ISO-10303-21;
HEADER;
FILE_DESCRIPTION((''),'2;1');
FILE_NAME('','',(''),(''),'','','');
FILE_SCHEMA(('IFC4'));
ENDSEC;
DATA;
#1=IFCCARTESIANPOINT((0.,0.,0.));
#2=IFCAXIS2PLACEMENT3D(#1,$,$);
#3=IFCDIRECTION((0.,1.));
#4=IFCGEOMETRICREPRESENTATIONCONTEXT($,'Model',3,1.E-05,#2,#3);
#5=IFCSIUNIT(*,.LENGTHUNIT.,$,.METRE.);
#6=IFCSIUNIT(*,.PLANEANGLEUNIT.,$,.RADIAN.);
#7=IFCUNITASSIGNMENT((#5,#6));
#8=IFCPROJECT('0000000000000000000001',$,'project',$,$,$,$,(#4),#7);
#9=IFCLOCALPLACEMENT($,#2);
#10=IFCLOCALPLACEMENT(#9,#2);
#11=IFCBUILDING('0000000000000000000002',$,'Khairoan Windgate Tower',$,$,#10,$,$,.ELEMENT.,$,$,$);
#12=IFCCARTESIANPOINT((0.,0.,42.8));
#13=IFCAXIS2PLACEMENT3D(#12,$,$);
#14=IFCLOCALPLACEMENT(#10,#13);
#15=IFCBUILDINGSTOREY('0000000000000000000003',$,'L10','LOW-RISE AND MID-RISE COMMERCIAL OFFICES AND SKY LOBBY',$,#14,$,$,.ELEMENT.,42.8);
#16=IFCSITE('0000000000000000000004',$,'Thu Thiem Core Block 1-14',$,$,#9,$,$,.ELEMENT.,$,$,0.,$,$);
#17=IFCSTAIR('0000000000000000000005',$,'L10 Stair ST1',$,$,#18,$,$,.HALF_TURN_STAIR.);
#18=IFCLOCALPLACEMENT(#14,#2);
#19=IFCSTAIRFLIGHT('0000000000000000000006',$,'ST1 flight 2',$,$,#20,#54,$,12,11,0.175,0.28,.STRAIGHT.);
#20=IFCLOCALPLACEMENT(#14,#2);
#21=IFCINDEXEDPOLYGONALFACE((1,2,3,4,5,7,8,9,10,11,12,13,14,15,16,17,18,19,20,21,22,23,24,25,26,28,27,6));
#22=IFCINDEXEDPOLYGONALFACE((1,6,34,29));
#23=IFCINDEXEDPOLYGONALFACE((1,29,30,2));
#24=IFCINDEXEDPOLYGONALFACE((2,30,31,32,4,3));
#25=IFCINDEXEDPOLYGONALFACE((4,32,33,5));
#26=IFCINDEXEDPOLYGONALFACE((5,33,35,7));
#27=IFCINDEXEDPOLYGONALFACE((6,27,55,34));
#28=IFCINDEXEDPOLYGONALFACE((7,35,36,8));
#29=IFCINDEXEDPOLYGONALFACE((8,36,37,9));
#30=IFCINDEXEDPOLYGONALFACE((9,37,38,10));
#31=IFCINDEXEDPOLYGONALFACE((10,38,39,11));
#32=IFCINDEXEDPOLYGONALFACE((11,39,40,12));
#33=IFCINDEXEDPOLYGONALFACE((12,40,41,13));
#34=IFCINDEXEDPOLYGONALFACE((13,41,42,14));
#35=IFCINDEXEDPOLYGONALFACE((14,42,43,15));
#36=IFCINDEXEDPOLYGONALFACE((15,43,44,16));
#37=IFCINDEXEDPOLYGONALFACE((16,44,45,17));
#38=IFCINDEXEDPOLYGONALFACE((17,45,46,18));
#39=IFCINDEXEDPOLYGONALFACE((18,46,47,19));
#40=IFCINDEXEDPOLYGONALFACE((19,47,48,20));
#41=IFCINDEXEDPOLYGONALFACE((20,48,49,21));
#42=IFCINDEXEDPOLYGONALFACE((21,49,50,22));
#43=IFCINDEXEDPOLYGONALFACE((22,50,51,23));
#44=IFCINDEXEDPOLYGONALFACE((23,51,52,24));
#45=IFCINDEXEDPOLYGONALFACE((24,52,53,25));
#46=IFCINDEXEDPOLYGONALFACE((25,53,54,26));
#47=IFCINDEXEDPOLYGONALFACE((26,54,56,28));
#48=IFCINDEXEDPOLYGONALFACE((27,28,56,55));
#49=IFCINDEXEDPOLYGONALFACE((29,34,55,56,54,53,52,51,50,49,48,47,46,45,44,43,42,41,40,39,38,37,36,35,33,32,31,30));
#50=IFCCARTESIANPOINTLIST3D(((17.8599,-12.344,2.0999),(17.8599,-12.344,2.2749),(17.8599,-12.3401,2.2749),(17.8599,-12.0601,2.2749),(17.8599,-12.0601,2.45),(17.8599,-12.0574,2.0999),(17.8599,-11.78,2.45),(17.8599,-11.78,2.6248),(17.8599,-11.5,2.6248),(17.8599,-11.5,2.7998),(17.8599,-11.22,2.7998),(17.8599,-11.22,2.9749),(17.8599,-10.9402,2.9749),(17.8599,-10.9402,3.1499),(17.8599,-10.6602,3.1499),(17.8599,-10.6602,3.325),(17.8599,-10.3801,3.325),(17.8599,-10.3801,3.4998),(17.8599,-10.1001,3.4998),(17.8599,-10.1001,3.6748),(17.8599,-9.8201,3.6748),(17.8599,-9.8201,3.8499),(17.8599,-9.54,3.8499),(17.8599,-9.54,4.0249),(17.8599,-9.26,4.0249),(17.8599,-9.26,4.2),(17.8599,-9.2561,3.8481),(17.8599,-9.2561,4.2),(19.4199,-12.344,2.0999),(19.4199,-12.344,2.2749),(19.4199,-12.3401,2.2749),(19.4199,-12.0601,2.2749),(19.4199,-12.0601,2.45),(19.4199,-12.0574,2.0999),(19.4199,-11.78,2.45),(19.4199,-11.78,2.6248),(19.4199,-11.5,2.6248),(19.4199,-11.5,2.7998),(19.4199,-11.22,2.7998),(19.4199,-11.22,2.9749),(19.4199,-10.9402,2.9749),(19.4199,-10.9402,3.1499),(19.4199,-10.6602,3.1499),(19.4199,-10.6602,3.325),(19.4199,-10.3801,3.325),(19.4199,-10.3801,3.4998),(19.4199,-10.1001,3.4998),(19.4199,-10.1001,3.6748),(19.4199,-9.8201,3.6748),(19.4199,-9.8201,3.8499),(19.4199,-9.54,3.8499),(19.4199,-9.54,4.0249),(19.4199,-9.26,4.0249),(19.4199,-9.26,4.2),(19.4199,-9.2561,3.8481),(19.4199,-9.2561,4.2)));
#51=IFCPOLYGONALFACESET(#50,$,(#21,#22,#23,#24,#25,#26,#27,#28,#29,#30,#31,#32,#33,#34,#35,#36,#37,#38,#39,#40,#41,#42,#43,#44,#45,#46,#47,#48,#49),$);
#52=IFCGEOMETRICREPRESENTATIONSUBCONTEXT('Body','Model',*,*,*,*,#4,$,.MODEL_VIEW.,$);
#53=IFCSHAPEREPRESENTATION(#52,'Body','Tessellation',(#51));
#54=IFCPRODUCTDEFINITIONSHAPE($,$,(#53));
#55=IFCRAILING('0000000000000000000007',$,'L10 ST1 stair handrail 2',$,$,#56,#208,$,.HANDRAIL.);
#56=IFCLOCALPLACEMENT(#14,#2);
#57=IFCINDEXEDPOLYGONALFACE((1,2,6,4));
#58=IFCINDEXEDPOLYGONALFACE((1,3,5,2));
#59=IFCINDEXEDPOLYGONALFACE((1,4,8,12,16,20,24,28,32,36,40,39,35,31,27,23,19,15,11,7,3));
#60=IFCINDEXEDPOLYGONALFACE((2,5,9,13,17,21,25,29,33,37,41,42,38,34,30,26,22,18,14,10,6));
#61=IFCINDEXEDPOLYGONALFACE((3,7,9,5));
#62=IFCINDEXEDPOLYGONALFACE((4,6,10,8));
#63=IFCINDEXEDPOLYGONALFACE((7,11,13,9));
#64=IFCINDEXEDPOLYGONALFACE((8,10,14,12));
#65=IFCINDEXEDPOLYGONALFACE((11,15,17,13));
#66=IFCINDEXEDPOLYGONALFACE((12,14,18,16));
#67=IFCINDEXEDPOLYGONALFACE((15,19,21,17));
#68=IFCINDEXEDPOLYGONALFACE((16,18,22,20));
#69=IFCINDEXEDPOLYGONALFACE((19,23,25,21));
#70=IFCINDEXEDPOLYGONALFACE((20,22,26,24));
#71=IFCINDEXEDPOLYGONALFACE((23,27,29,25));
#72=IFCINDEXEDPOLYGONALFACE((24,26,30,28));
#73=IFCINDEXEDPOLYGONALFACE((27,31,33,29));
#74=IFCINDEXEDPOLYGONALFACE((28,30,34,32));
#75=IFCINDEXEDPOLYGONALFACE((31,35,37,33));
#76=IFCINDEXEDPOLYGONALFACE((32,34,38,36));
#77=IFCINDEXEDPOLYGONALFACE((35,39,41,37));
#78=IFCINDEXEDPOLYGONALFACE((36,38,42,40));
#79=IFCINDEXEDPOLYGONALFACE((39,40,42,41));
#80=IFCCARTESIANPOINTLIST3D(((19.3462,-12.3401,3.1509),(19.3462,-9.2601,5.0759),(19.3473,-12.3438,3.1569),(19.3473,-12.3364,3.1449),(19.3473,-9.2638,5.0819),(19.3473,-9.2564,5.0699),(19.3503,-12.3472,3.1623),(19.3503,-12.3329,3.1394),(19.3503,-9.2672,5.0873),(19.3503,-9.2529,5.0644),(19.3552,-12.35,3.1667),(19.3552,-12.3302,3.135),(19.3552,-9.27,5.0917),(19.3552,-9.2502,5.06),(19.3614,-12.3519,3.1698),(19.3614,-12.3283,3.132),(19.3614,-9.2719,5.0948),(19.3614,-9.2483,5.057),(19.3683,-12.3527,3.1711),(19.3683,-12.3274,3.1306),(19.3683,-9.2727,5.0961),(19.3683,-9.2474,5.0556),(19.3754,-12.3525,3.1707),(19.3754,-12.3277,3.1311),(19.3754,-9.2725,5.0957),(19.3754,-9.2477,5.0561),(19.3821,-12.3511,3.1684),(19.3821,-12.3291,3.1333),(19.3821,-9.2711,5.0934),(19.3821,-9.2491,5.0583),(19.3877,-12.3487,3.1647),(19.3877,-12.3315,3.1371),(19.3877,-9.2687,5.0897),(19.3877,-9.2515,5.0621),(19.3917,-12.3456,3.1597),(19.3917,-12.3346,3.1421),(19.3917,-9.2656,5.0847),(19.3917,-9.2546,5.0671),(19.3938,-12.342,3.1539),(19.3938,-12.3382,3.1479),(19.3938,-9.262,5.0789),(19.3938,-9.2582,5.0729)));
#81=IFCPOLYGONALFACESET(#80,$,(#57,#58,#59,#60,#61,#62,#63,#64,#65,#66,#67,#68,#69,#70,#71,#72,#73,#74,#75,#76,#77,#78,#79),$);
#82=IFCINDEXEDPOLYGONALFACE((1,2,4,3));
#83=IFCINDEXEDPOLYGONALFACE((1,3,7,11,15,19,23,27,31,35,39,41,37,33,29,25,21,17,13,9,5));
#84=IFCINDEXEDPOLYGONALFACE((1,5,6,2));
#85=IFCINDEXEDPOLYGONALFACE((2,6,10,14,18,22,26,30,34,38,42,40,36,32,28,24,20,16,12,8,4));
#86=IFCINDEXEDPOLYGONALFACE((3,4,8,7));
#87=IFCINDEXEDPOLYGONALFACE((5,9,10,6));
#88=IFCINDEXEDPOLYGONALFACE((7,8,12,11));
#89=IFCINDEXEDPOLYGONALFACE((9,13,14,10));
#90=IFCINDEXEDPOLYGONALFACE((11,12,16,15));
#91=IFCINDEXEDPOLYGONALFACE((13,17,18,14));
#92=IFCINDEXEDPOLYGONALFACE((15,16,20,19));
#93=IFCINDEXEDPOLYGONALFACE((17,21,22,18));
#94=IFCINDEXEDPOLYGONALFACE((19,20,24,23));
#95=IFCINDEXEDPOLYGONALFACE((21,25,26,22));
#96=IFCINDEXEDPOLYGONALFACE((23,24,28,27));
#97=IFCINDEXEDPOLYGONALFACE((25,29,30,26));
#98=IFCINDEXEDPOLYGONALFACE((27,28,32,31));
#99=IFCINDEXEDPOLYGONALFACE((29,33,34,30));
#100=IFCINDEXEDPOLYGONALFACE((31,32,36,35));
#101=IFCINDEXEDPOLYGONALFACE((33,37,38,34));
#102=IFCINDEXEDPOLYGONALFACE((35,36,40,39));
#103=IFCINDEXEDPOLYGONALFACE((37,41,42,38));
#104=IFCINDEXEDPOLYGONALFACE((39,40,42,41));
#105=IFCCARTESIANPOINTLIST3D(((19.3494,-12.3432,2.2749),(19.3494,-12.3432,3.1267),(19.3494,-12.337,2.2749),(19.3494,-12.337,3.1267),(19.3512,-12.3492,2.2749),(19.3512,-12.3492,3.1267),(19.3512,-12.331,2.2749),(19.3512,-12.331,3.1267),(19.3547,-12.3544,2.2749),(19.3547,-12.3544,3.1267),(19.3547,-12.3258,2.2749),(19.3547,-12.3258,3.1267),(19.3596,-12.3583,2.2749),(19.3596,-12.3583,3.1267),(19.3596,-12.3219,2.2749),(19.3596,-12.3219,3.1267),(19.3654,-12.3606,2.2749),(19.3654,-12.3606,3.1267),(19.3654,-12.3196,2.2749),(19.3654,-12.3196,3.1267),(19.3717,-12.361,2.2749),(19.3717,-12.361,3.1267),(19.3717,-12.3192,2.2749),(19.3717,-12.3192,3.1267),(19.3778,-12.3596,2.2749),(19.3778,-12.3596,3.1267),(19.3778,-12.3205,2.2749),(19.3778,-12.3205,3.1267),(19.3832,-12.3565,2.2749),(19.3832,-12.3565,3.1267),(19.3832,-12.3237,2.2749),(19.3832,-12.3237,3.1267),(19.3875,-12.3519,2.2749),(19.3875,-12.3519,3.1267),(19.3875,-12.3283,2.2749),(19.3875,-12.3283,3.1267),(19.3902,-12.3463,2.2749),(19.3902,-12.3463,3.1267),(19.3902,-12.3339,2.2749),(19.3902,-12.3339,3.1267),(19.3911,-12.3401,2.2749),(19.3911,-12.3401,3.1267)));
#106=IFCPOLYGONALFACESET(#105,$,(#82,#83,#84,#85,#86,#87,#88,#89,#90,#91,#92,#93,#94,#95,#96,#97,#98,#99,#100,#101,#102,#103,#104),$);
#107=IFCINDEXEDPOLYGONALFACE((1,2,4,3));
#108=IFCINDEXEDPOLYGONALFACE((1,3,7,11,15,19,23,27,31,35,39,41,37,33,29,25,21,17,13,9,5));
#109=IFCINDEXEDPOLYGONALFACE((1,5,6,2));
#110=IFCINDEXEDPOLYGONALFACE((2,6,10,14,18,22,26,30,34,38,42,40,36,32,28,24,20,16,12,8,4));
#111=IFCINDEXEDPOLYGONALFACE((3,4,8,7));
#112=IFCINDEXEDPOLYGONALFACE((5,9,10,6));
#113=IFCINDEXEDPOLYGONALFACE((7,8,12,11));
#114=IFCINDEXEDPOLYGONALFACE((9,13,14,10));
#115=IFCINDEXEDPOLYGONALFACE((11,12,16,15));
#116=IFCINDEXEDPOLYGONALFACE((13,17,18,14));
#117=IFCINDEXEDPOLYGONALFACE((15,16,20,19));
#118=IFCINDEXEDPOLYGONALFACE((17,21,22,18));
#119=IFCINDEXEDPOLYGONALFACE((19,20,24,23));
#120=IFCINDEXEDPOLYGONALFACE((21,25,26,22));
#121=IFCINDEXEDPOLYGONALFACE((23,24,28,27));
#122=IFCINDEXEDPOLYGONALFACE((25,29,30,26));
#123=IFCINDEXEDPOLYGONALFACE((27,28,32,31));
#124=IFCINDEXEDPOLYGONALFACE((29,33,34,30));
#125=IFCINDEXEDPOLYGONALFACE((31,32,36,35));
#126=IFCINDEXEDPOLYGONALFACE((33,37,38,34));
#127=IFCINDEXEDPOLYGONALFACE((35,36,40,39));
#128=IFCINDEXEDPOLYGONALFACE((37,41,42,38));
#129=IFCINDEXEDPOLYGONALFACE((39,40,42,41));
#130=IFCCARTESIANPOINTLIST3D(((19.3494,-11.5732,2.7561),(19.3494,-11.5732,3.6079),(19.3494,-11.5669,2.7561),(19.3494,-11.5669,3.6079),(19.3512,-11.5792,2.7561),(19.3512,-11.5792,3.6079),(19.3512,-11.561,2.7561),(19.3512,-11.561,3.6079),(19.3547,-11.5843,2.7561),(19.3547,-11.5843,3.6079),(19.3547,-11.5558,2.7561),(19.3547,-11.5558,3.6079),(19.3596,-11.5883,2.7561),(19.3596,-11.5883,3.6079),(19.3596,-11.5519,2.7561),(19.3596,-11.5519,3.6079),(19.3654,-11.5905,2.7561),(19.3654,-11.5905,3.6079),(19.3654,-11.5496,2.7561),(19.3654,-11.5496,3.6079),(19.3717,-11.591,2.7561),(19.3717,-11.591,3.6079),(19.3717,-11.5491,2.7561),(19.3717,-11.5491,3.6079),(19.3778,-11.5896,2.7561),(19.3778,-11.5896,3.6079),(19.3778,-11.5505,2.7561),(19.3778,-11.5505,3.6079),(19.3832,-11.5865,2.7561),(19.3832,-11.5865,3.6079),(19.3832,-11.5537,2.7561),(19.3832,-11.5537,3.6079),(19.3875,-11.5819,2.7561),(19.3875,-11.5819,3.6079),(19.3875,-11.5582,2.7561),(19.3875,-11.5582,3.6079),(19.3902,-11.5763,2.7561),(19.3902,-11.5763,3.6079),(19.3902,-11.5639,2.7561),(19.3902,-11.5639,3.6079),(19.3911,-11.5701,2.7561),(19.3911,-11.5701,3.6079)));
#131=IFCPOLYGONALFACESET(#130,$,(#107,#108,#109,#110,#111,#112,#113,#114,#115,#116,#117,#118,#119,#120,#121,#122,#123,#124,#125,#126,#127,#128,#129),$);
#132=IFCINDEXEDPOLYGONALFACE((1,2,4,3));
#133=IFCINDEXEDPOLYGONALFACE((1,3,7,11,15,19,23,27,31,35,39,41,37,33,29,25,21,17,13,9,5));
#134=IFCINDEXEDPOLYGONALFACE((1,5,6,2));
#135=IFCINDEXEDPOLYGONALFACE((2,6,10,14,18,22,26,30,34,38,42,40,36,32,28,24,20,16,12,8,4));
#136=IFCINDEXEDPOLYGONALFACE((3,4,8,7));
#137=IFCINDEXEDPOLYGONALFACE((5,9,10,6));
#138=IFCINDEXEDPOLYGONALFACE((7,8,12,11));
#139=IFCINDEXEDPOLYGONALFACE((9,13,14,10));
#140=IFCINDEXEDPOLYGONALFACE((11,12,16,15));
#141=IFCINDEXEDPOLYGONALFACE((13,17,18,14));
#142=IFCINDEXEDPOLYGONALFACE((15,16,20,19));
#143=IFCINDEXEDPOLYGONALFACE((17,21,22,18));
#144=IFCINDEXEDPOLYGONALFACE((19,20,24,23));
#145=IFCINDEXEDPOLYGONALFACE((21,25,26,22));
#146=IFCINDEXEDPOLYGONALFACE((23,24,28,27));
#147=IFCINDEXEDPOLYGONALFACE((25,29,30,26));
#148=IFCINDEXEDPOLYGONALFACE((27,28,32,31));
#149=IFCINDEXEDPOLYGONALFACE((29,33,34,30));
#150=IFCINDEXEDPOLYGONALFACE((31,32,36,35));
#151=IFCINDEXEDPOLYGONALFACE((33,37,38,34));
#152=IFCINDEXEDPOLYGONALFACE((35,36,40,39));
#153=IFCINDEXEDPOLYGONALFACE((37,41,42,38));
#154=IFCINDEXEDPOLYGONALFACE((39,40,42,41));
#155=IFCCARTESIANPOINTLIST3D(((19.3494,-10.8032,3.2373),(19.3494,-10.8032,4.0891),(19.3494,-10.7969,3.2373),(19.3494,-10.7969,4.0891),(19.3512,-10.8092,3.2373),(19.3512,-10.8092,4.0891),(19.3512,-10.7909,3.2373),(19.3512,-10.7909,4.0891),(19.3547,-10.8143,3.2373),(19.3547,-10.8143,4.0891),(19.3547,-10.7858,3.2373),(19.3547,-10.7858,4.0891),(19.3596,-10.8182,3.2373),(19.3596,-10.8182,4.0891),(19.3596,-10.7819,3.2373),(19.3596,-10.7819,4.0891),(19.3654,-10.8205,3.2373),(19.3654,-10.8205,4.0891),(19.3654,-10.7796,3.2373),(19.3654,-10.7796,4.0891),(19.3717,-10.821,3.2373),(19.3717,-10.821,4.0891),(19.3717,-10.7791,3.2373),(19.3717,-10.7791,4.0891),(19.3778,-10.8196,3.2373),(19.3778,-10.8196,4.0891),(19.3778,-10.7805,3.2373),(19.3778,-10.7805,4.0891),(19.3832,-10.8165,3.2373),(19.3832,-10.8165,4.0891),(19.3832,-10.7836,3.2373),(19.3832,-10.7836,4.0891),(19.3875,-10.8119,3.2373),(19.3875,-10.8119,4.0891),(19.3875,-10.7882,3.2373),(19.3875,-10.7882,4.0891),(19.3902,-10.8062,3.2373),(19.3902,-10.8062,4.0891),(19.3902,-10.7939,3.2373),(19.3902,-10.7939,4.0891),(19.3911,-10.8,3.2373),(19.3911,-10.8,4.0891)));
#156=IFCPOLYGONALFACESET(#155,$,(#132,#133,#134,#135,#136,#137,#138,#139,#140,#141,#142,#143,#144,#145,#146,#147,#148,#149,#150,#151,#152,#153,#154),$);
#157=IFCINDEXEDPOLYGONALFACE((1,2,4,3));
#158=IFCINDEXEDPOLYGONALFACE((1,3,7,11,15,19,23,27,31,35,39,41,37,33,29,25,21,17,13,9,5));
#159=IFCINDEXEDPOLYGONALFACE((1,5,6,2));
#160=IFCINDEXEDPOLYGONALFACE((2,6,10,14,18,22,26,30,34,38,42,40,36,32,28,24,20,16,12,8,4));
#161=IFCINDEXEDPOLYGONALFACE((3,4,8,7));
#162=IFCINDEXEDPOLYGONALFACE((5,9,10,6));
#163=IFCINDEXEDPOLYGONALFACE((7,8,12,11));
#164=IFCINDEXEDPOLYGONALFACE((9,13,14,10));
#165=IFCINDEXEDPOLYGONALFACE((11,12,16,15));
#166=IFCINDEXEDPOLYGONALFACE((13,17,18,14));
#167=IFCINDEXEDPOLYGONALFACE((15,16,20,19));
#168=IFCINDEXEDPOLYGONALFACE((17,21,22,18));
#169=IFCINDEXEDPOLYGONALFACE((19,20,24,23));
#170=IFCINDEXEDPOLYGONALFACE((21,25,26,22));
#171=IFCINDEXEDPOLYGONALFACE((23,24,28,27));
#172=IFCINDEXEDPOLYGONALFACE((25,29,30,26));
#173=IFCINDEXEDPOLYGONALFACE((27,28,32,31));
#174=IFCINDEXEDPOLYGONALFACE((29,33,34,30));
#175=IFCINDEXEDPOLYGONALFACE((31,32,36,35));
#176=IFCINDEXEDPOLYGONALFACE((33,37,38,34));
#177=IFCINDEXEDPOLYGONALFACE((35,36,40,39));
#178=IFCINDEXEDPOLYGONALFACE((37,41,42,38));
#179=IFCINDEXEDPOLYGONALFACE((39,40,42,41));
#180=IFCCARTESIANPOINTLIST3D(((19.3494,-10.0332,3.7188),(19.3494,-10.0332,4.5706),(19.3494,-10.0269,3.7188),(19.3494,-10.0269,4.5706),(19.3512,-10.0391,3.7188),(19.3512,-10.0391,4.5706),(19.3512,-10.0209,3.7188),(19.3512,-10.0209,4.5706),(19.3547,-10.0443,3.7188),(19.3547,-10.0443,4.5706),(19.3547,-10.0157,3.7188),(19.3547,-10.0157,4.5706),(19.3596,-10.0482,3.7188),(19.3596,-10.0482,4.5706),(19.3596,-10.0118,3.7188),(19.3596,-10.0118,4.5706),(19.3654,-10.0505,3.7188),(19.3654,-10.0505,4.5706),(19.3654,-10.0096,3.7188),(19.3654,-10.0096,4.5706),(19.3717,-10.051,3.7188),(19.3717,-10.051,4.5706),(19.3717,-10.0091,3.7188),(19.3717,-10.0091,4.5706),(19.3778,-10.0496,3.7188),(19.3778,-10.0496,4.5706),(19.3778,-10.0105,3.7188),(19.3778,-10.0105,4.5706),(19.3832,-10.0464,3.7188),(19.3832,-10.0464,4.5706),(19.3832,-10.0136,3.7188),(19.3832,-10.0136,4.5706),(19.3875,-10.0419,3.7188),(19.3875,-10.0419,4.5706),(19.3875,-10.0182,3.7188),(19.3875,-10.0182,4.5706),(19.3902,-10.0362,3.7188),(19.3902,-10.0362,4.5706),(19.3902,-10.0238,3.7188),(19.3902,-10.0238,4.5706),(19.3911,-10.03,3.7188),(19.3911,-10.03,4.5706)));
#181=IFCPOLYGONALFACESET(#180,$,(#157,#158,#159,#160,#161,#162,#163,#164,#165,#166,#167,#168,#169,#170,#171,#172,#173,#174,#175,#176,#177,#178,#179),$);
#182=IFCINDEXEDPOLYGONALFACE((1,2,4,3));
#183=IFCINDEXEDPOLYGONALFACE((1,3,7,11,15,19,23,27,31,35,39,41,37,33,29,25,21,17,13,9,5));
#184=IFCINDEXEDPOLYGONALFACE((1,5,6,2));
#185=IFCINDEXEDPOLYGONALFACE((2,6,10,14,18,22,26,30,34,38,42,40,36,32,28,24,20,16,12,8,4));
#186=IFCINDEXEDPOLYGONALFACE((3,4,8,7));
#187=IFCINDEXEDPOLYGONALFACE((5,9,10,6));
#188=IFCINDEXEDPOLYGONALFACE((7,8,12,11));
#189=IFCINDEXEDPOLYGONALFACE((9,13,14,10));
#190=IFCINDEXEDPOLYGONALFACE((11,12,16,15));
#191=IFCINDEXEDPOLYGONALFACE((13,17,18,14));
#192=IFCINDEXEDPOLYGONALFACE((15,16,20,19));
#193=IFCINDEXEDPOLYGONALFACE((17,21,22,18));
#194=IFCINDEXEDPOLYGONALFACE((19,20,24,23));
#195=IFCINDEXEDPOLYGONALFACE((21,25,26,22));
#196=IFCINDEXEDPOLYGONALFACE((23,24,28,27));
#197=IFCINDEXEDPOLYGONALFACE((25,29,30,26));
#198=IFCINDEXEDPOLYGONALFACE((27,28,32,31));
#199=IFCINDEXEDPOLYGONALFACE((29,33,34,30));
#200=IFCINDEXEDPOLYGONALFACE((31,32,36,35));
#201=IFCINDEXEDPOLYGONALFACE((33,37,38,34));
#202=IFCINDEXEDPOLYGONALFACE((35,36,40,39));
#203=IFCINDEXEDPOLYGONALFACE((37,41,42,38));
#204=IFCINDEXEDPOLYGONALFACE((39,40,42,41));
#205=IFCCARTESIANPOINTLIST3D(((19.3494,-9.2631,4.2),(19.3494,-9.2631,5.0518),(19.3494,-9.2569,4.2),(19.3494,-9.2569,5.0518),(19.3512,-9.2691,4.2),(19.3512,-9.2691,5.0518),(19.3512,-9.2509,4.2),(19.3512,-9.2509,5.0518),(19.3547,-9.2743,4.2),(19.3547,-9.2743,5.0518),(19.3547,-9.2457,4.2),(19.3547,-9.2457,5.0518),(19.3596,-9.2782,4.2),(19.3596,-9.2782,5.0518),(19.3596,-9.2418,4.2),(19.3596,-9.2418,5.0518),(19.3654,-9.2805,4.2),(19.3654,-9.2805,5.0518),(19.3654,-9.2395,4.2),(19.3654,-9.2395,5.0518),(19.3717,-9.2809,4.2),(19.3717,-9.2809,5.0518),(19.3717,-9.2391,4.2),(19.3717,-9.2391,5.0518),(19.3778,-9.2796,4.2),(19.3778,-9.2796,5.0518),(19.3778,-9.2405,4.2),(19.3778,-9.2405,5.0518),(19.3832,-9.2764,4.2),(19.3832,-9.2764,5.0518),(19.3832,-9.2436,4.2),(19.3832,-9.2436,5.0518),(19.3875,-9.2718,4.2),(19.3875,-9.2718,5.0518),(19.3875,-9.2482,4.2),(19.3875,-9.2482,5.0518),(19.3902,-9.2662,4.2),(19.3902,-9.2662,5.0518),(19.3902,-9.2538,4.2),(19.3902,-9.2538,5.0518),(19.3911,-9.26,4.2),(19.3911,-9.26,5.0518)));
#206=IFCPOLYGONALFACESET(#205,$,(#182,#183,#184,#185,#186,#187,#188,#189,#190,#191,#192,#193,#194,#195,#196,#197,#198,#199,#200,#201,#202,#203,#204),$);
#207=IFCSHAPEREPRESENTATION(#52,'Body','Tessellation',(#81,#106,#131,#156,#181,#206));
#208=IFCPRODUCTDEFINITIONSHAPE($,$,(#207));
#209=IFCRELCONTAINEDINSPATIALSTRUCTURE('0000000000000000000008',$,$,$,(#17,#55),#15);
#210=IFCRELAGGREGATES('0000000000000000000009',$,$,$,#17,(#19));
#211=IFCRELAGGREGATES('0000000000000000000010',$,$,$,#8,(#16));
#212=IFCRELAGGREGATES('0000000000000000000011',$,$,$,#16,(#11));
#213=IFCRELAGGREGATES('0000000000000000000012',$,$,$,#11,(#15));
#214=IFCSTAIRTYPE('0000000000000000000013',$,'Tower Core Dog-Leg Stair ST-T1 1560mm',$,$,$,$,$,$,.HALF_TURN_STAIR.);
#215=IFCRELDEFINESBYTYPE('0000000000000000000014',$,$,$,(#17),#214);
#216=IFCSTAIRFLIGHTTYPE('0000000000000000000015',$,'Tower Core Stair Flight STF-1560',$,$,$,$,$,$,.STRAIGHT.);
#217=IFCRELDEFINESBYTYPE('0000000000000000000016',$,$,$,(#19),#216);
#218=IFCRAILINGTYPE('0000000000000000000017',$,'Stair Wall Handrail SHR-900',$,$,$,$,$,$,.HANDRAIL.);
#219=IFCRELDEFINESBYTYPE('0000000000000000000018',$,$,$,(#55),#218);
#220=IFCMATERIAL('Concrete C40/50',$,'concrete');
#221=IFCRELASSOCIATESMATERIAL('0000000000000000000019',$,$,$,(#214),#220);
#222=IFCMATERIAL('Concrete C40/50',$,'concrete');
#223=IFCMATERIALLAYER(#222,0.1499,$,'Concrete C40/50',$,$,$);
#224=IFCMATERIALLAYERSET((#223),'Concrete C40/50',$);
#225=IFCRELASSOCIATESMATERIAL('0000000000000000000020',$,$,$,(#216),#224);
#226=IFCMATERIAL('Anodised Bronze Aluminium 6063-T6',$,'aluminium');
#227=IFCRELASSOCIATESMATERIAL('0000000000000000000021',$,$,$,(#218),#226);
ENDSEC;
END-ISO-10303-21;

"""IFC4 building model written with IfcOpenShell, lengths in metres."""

from ifc_helpers import new_model, si_unit, direction, frame, origin, origin_2d, place, context, subcontext, project, spatial, polyline, circle, outline, extrude, material, layer, layer_set, type_object, element, aggregate, save


model = new_model("IFC4")

# Units and contexts
model_context = context("Model", 3, precision=1e-05, world=origin(), true_north=direction((0.0, 1.0)))
body_context = subcontext(model_context, "Body", "Model", "MODEL_VIEW")
ifc_project = project(units=[si_unit("LENGTHUNIT", "METRE"), si_unit("PLANEANGLEUNIT", "RADIAN")], contexts=[model_context])

# Site, building, storey
site_placement = place(None, origin())
site = spatial("IfcSite", under=ifc_project, at=site_placement, Name="Thu Thiem Core Block 1-14", CompositionType="ELEMENT", RefElevation=0.0)
building_placement = place(site_placement, origin())
building = spatial("IfcBuilding", under=site, at=building_placement, Name="Khairoan Windgate Tower", CompositionType="ELEMENT")
storey_placement = place(building_placement, frame((0.0, 0.0, 42.8)))
storey = spatial("IfcBuildingStorey", under=building, at=storey_placement, Name="L10", Description="LOW-RISE AND MID-RISE COMMERCIAL OFFICES AND SKY LOBBY", CompositionType="ELEMENT", Elevation=42.8)

# Stair, stair flight
ifc_material_1 = material(Name="Concrete C40/50", Category="concrete")
stair_type = type_object("IfcStairType", Name="Tower Core Dog-Leg Stair ST-T1 1560mm", PredefinedType="HALF_TURN_STAIR", material=ifc_material_1)
stair_placement = place(storey_placement, origin())
stair = element("IfcStair", 1, at=stair_placement, inside=storey, type_object=stair_type, Name="L10 Stair ST1", PredefinedType="HALF_TURN_STAIR")
ifc_material_2 = material(Name="Concrete C40/50", Category="concrete")
ifc_layer_1 = layer(ifc_material_2, 0.1499, Name="Concrete C40/50")
ifc_layer_set_1 = layer_set([ifc_layer_1], Name="Concrete C40/50")
stair_flight_type = type_object("IfcStairFlightType", Name="Tower Core Stair Flight STF-1560", PredefinedType="STRAIGHT", material=ifc_layer_set_1)
stair_flight_placement = place(storey_placement, frame((18.6399, -12.3401, 2.0999), z_axis=(0.0, 0.0, 1.0), x_axis=(0.0, 1.0, 0.0)))
stair_flight = element("IfcStairFlight", 2, at=stair_flight_placement, type_object=stair_flight_type, Name="ST1 flight 2", NumberOfRisers=12, NumberOfTreads=11, PredefinedType="STRAIGHT", RiserHeight=0.175, TreadLength=0.28, context=body_context, shape_type="SweptSolid", body=[
    extrude(outline(polyline([(-0.0039, 0.0), (-0.0039, 0.175), (0.0, 0.175), (0.28, 0.175), (0.28, 0.3501), (0.5601, 0.3501), (0.5601, 0.5249), (0.8401, 0.5249), (0.8401, 0.7), (1.1201, 0.7), (1.1201, 0.875), (1.3999, 0.875), (1.3999, 1.05), (1.6799, 1.05), (1.6799, 1.2251), (1.96, 1.2251), (1.96, 1.3999), (2.24, 1.3999), (2.24, 1.575), (2.52, 1.575), (2.52, 1.75), (2.8, 1.75), (2.8, 1.925), (3.0801, 1.925), (3.0801, 2.1001), (3.084, 2.1001), (3.084, 1.7483), (0.2827, 0.0), (-0.0039, 0.0)])), frame((0.0, 0.78, 0.0), z_axis=(0.0, -1.0, 0.0), x_axis=(1.0, 0.0, 0.0)), (0.0, 0.0, 1.0), 1.5601),
])
aggregate(stair, [stair_flight])

# Railing
ifc_material_3 = material(Name="Anodised Bronze Aluminium 6063-T6", Category="aluminium")
railing_type_1 = type_object("IfcRailingType", Name="Stair Wall Handrail SHR-900", PredefinedType="HANDRAIL", material=ifc_material_3)
railing_1_placement = place(storey_placement, frame((19.3701, -12.3401, 2.2749)))
element("IfcRailing", 3, at=railing_1_placement, inside=storey, type_object=railing_type_1, Name="L10 ST1 stair handrail 2", PredefinedType="HANDRAIL", context=body_context, shape_type="SweptSolid", body=[
    extrude(circle(Radius=0.0239, at=origin_2d()), frame((0.0, 0.0, 0.876), z_axis=(0.0, 0.847998, 0.529999), x_axis=(-1.0, 0.0, 0.0)), (0.0, 0.0, 1.0), 3.6321),
    extrude(circle(Radius=0.021, at=origin_2d()), origin(), (0.0, 0.0, 1.0), 0.8518),
    extrude(circle(Radius=0.021, at=origin_2d()), frame((0.0, 0.77, 0.4812)), (0.0, 0.0, 1.0), 0.8518),
    extrude(circle(Radius=0.021, at=origin_2d()), frame((0.0, 1.54, 0.9624)), (0.0, 0.0, 1.0), 0.8518),
    extrude(circle(Radius=0.021, at=origin_2d()), frame((0.0, 2.3101, 1.4438)), (0.0, 0.0, 1.0), 0.8518),
    extrude(circle(Radius=0.021, at=origin_2d()), frame((0.0, 3.0801, 1.925)), (0.0, 0.0, 1.0), 0.8518),
])

save(model, "model.ifc")
